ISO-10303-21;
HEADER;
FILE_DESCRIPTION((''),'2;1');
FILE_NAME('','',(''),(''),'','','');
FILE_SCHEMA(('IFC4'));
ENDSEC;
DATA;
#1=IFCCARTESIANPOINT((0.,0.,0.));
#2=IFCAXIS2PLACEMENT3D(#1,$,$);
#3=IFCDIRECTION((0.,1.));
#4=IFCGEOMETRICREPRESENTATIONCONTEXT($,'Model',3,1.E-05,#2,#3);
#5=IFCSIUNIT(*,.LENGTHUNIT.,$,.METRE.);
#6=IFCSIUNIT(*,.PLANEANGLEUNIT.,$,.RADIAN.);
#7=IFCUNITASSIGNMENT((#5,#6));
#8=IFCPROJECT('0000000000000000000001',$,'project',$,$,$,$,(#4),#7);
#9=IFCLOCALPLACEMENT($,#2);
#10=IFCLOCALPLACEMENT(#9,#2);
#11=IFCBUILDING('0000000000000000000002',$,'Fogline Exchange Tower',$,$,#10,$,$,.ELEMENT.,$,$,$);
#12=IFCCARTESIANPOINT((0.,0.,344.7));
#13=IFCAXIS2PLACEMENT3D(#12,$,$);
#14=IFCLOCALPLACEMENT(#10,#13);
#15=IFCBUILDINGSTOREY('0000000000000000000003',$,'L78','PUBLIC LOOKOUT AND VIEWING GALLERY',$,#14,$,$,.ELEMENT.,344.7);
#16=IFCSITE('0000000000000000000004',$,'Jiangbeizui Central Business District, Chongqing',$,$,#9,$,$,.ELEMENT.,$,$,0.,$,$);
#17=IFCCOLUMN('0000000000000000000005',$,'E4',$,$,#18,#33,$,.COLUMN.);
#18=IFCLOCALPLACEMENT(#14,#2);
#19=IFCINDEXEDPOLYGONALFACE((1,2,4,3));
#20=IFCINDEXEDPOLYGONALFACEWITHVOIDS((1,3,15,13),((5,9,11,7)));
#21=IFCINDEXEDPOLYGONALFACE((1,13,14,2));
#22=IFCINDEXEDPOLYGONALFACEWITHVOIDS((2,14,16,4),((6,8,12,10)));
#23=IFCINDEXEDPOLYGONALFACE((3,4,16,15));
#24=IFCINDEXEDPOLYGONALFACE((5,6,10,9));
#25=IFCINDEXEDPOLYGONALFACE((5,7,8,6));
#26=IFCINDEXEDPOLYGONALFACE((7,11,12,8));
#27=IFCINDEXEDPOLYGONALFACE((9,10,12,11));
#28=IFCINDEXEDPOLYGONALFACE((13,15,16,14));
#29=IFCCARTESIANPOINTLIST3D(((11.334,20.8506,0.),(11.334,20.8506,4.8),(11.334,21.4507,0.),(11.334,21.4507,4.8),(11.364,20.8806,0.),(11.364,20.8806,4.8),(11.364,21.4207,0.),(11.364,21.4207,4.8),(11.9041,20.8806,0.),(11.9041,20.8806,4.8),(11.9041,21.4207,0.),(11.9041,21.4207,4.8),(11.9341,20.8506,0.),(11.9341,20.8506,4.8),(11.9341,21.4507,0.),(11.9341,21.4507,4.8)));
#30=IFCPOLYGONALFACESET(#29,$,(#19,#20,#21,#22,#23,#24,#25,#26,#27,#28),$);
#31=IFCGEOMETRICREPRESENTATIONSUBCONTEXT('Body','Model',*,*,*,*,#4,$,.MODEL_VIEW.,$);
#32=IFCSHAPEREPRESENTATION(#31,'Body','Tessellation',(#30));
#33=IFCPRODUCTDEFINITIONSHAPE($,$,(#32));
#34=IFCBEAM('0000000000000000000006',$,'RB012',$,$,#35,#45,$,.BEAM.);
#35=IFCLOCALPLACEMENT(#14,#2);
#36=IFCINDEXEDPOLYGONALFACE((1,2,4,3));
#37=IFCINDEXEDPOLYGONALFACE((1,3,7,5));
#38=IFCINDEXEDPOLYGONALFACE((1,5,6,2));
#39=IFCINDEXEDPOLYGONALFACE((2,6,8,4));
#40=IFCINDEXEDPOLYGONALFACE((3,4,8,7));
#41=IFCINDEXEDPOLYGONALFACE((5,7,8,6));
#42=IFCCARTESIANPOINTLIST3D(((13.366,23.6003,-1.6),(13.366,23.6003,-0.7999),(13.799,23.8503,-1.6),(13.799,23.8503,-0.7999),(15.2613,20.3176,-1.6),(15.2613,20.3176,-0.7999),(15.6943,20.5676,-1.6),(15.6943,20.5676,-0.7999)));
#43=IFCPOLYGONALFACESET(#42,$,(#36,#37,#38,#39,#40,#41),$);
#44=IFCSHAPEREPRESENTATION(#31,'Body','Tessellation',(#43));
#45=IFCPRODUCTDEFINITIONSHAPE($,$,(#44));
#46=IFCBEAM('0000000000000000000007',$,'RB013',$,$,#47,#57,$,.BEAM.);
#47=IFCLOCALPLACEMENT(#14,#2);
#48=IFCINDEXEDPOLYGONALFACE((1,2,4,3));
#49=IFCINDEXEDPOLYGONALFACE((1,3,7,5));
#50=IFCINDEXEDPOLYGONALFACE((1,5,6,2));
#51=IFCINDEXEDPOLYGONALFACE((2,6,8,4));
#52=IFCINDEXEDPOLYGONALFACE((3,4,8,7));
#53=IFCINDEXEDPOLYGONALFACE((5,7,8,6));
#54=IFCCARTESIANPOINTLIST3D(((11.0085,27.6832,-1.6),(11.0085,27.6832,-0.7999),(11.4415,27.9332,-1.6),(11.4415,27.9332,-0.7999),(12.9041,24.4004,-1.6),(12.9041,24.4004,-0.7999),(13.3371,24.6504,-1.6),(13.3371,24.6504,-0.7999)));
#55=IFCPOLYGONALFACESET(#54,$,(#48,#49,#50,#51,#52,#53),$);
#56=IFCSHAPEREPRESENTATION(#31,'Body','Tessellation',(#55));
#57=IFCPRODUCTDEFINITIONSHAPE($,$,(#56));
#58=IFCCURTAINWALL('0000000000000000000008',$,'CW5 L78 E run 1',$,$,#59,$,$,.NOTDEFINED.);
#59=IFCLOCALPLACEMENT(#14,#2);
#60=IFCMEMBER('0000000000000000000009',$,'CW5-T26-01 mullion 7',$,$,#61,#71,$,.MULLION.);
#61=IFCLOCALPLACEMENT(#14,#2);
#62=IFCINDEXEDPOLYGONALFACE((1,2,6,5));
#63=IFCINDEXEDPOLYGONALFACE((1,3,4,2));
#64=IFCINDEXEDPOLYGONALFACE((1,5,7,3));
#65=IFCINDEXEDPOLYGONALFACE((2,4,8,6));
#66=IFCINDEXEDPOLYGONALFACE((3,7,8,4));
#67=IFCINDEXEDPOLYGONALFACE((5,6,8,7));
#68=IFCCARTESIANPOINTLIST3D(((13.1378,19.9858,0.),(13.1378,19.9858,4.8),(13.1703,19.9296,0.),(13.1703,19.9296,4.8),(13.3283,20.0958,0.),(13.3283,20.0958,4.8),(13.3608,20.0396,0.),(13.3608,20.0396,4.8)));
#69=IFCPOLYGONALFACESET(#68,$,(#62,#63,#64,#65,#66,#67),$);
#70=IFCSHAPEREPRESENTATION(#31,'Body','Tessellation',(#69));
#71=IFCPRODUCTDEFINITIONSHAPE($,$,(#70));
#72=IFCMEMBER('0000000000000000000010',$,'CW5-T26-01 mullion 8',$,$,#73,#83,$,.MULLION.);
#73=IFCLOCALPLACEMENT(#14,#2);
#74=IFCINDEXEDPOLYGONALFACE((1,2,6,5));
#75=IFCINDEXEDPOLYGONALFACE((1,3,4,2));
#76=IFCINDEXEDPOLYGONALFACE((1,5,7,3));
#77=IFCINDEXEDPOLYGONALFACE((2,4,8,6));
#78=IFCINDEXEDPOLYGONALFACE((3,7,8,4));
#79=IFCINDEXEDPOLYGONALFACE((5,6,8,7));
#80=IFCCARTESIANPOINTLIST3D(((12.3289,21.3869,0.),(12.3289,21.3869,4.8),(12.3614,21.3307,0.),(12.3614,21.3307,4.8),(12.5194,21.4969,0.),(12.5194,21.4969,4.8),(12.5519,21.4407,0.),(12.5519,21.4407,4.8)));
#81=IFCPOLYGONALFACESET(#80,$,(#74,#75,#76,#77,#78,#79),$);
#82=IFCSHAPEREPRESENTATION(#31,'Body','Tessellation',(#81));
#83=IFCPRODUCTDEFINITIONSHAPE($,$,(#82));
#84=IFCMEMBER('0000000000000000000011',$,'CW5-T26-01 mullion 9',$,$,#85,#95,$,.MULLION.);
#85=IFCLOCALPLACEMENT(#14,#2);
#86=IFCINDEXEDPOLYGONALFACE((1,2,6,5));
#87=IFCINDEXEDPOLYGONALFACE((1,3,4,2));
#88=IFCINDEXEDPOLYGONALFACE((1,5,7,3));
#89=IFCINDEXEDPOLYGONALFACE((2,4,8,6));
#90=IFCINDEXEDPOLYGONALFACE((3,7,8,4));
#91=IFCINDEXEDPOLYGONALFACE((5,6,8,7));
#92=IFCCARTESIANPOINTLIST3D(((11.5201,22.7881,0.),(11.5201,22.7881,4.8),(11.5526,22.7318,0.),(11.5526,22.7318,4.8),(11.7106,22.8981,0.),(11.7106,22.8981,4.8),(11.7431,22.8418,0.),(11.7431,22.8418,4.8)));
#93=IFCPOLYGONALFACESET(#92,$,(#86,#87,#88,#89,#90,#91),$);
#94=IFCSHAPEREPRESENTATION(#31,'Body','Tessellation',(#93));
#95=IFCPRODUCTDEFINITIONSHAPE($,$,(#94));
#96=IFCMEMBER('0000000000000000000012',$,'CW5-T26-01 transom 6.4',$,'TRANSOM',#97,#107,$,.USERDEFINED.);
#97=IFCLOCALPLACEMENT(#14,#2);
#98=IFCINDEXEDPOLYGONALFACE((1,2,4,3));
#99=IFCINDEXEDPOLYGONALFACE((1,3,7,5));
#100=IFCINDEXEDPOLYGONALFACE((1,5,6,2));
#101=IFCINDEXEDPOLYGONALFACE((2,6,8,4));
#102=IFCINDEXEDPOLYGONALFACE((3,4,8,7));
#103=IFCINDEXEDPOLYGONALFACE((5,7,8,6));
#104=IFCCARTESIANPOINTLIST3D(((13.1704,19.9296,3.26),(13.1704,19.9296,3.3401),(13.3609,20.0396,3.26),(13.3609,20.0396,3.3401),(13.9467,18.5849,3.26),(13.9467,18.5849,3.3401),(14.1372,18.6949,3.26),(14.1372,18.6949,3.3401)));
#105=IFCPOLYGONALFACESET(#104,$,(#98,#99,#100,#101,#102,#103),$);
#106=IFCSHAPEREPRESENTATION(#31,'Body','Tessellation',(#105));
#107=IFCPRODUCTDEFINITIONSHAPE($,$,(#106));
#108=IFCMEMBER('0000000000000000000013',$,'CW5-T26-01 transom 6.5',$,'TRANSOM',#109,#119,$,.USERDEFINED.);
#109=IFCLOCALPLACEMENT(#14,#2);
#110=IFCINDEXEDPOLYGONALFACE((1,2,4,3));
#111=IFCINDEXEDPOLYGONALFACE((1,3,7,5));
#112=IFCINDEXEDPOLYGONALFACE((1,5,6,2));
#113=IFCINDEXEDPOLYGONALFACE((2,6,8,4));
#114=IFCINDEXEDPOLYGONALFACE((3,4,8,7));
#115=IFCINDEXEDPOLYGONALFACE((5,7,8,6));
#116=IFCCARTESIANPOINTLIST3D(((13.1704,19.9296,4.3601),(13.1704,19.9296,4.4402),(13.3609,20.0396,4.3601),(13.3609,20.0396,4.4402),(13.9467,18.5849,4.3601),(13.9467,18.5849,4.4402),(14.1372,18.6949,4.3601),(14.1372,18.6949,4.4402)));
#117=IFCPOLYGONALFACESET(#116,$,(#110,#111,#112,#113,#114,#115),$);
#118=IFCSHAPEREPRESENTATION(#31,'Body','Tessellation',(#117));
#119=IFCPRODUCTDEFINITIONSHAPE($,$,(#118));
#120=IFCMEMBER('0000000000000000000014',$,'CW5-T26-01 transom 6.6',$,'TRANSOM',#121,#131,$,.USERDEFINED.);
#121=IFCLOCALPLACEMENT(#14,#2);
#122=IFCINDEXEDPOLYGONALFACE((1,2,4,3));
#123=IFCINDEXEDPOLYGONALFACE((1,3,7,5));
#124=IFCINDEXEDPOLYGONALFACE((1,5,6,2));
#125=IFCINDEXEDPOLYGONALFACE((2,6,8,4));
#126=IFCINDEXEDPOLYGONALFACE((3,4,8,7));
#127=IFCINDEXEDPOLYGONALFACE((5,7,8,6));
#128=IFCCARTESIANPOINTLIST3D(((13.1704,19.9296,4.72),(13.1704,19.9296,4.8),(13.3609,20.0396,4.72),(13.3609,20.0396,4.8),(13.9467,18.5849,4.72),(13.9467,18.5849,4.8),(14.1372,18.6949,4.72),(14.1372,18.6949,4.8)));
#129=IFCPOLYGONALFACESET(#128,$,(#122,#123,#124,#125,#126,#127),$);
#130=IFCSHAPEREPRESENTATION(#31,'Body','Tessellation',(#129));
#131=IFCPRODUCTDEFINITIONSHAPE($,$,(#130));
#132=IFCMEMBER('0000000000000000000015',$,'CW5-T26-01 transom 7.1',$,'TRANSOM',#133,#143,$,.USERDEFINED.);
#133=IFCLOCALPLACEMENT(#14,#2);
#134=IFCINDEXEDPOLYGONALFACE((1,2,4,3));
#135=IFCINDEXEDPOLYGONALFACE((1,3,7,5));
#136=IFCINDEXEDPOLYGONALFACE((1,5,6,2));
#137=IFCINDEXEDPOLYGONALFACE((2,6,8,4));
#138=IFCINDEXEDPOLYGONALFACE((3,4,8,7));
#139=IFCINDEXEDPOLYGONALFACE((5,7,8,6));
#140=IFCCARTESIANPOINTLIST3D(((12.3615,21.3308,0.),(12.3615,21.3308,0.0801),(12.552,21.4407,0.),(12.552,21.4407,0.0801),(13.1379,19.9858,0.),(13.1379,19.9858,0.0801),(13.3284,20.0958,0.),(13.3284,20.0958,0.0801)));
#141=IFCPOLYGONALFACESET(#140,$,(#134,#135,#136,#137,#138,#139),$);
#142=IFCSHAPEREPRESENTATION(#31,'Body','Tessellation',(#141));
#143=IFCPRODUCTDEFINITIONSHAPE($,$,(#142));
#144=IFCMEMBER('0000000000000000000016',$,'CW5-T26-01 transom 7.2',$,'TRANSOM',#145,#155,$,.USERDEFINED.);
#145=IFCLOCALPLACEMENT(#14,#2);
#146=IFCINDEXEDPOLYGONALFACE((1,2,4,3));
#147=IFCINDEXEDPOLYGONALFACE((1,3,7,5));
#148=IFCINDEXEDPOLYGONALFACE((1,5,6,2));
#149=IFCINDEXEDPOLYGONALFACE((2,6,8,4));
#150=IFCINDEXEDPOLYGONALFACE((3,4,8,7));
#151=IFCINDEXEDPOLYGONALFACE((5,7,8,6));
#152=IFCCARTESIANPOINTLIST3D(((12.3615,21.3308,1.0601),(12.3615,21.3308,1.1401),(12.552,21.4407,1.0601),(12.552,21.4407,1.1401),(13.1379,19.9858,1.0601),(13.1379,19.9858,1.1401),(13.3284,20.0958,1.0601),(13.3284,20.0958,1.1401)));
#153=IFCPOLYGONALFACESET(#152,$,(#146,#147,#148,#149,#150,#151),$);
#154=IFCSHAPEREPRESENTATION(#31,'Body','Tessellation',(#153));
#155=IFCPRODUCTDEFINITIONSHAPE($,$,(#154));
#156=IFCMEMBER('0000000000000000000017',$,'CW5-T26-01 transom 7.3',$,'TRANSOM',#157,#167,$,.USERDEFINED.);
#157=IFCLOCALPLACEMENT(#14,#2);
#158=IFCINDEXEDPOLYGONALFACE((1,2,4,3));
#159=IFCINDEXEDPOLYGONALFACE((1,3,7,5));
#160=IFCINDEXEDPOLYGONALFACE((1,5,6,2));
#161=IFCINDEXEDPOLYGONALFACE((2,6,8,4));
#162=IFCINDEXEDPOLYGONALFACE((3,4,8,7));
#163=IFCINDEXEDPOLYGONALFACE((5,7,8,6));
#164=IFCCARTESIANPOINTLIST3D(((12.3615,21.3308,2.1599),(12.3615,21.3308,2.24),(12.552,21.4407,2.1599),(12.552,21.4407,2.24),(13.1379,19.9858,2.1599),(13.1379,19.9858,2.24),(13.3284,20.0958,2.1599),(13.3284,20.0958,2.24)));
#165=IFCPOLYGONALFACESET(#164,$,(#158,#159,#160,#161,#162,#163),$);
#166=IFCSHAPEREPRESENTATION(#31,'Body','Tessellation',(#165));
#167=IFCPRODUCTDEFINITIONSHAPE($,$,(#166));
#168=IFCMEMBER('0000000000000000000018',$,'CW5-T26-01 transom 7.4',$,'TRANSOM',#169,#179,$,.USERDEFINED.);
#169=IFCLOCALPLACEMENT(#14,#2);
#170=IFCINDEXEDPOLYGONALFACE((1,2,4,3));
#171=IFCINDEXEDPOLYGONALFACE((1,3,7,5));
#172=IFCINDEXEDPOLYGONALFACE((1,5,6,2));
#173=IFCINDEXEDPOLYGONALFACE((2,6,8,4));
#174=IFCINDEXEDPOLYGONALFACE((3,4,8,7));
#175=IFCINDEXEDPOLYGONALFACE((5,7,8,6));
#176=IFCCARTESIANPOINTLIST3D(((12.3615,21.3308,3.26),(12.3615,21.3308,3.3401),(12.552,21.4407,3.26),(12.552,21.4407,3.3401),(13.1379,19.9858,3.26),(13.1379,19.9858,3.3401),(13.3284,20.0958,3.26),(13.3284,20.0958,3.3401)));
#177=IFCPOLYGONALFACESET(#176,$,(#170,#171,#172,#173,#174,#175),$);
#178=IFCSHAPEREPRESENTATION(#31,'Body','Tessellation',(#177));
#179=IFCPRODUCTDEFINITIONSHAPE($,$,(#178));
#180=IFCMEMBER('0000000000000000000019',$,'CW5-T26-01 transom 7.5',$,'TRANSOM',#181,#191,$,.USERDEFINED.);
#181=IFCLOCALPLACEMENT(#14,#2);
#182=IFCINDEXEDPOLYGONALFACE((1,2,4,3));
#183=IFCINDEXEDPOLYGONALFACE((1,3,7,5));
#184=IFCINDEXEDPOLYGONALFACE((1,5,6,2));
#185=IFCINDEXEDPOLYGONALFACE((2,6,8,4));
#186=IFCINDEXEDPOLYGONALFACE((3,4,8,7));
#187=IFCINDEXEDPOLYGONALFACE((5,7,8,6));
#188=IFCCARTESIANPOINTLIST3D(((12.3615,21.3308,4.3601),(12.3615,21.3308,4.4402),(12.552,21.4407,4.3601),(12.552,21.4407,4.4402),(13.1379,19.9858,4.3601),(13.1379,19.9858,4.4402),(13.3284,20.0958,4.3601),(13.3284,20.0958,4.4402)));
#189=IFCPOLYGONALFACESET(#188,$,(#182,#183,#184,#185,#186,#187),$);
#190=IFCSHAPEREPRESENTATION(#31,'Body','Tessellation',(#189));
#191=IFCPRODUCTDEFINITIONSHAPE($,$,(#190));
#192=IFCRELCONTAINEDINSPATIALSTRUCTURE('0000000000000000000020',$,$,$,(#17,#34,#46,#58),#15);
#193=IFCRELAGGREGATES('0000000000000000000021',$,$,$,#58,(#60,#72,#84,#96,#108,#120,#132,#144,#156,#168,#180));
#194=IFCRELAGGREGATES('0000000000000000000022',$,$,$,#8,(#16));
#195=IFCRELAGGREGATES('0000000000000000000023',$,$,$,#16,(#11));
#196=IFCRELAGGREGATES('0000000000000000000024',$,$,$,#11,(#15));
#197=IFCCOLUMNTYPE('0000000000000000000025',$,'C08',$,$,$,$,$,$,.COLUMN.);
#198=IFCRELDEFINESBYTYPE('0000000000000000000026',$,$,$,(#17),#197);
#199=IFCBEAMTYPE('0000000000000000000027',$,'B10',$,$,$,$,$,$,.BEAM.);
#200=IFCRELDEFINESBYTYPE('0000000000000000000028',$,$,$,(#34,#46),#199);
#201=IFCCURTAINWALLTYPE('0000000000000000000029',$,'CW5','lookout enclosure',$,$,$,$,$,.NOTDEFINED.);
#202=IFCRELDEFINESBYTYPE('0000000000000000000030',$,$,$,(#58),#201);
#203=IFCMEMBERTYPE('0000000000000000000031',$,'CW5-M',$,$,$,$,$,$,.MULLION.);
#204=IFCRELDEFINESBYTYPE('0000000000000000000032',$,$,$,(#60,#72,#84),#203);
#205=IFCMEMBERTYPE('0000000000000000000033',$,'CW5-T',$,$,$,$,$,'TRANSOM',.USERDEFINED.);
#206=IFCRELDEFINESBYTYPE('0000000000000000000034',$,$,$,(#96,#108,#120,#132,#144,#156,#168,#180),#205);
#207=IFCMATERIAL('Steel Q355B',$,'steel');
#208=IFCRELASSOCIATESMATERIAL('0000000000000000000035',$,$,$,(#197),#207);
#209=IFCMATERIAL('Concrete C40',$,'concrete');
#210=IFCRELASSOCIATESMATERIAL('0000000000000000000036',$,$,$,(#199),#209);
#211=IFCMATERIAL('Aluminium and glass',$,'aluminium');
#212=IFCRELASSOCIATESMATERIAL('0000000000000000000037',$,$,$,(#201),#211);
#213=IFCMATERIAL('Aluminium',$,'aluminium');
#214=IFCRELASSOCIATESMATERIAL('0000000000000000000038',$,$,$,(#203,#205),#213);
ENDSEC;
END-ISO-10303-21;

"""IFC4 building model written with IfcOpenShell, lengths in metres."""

from ifc_helpers import new_model, si_unit, direction, frame, origin, origin_2d, place, context, subcontext, project, spatial, rectangle, hollow_rectangle, extrude, material, material_profile, profile_set, type_object, element, aggregate, save


model = new_model("IFC4")

# Units and contexts
model_context = context("Model", 3, precision=1e-05, world=origin(), true_north=direction((0.0, 1.0)))
body_context = subcontext(model_context, "Body", "Model", "MODEL_VIEW")
ifc_project = project(units=[si_unit("LENGTHUNIT", "METRE"), si_unit("PLANEANGLEUNIT", "RADIAN")], contexts=[model_context])

# Site, building, storey
site_placement = place(None, origin())
site = spatial("IfcSite", under=ifc_project, at=site_placement, Name="Jiangbeizui Central Business District, Chongqing", CompositionType="ELEMENT", RefElevation=0.0)
building_placement = place(site_placement, origin())
building = spatial("IfcBuilding", under=site, at=building_placement, Name="Fogline Exchange Tower", CompositionType="ELEMENT")
storey_placement = place(building_placement, frame((0.0, 0.0, 344.7)))
storey = spatial("IfcBuildingStorey", under=building, at=storey_placement, Name="L78", Description="PUBLIC LOOKOUT AND VIEWING GALLERY", CompositionType="ELEMENT", Elevation=344.7)

# Column
ifc_material_1 = material(Name="Steel Q355B", Category="steel")
ifc_material_profile_1 = material_profile(ifc_material_1, hollow_rectangle(XDim=0.6001, YDim=0.6001, WallThickness=0.03, at=origin_2d()), Name="BOX600X600X30")
ifc_profile_set_1 = profile_set([ifc_material_profile_1], Name="Steel Q355B")
column_type = type_object("IfcColumnType", Name="C08", PredefinedType="COLUMN", material=ifc_profile_set_1)
column_placement = place(storey_placement, frame((11.634, 21.1506, 0.0), z_axis=(0.0, 0.0, 1.0), x_axis=(1.0, 0.0, 0.0)))
element("IfcColumn", 1, at=column_placement, inside=storey, type_object=column_type, Name="E4", PredefinedType="COLUMN", context=body_context, shape_type="SweptSolid", body=[
    extrude(hollow_rectangle(XDim=0.6001, YDim=0.6001, WallThickness=0.03, at=origin_2d()), origin(), (0.0, 0.0, 1.0), 4.8),
])

# Beams
ifc_material_2 = material(Name="Concrete C40", Category="concrete")
ifc_material_profile_2 = material_profile(ifc_material_2, rectangle(XDim=0.5, YDim=0.8, at=origin_2d()), Name="RC 500x800")
ifc_profile_set_2 = profile_set([ifc_material_profile_2], Name="Concrete C40")
beam_type = type_object("IfcBeamType", Name="B10", PredefinedType="BEAM", material=ifc_profile_set_2)
beam_1_placement = place(storey_placement, frame((15.4778, 20.4426, -1.2), z_axis=(-0.499998, 0.866027, 0.0), x_axis=(-0.866027, -0.499998, 0.0)))
element("IfcBeam", 2, at=beam_1_placement, inside=storey, type_object=beam_type, Name="RB012", PredefinedType="BEAM", context=body_context, shape_type="SweptSolid", body=[
    extrude(rectangle(XDim=0.5, YDim=0.8, at=origin_2d()), origin(), (0.0, 0.0, 1.0), 3.7905),
])
beam_2_placement = place(storey_placement, frame((13.1206, 24.5254, -1.2), z_axis=(-0.500046, 0.865999, 0.0), x_axis=(-0.865999, -0.500046, 0.0)))
element("IfcBeam", 3, at=beam_2_placement, inside=storey, type_object=beam_type, Name="RB013", PredefinedType="BEAM", context=body_context, shape_type="SweptSolid", body=[
    extrude(rectangle(XDim=0.5, YDim=0.8, at=origin_2d()), origin(), (0.0, 0.0, 1.0), 3.7908),
])

# Curtain wall, members
ifc_material_3 = material(Name="Aluminium and glass", Category="aluminium")
curtain_wall_type = type_object("IfcCurtainWallType", Name="CW5", Description="lookout enclosure", PredefinedType="NOTDEFINED", material=ifc_material_3)
curtain_wall_placement = place(storey_placement, origin())
curtain_wall = element("IfcCurtainWall", 4, at=curtain_wall_placement, inside=storey, type_object=curtain_wall_type, Name="CW5 L78 E run 1", PredefinedType="NOTDEFINED")
ifc_material_4 = material(Name="Aluminium", Category="aluminium")
ifc_material_profile_3 = material_profile(ifc_material_4, rectangle(XDim=0.22, YDim=0.0649, at=origin_2d()), Name="Mullion 65x220")
ifc_profile_set_3 = profile_set([ifc_material_profile_3], Name="Aluminium")
member_type_1 = type_object("IfcMemberType", Name="CW5-M", PredefinedType="MULLION", material=ifc_profile_set_3)
member_1_placement = place(storey_placement, frame((13.2493, 20.0127, 0.0), z_axis=(0.0, 0.0, 1.0), x_axis=(-0.866025, -0.5, 0.0)))
member_1 = element("IfcMember", 5, at=member_1_placement, type_object=member_type_1, Name="CW5-T26-01 mullion 7", PredefinedType="MULLION", context=body_context, shape_type="SweptSolid", body=[
    extrude(rectangle(XDim=0.22, YDim=0.0649, at=origin_2d()), origin(), (0.0, 0.0, 1.0), 4.8),
])
member_2_placement = place(storey_placement, frame((12.4404, 21.4138, 0.0), z_axis=(0.0, 0.0, 1.0), x_axis=(-0.866025, -0.5, 0.0)))
member_2 = element("IfcMember", 6, at=member_2_placement, type_object=member_type_1, Name="CW5-T26-01 mullion 8", PredefinedType="MULLION", context=body_context, shape_type="SweptSolid", body=[
    extrude(rectangle(XDim=0.22, YDim=0.0649, at=origin_2d()), origin(), (0.0, 0.0, 1.0), 4.8),
])
member_3_placement = place(storey_placement, frame((11.6316, 22.8149, 0.0), z_axis=(0.0, 0.0, 1.0), x_axis=(-0.866025, -0.5, 0.0)))
member_3 = element("IfcMember", 7, at=member_3_placement, type_object=member_type_1, Name="CW5-T26-01 mullion 9", PredefinedType="MULLION", context=body_context, shape_type="SweptSolid", body=[
    extrude(rectangle(XDim=0.22, YDim=0.0649, at=origin_2d()), origin(), (0.0, 0.0, 1.0), 4.8),
])
ifc_material_profile_4 = material_profile(ifc_material_4, rectangle(XDim=0.22, YDim=0.0801, at=origin_2d()), Name="Transom 80x220")
ifc_profile_set_4 = profile_set([ifc_material_profile_4], Name="Aluminium")
member_type_2 = type_object("IfcMemberType", Name="CW5-T", ElementType="TRANSOM", PredefinedType="USERDEFINED", material=ifc_profile_set_4)
member_4_placement = place(storey_placement, frame((14.042, 18.6399, 3.3), z_axis=(-0.499995, 0.866028, 0.0), x_axis=(-0.866028, -0.499995, 0.0)))
member_4 = element("IfcMember", 8, at=member_4_placement, type_object=member_type_2, Name="CW5-T26-01 transom 6.4", ObjectType="TRANSOM", PredefinedType="USERDEFINED", context=body_context, shape_type="SweptSolid", body=[
    extrude(rectangle(XDim=0.22, YDim=0.0801, at=origin_2d()), origin(), (0.0, 0.0, 1.0), 1.5527),
])
member_5_placement = place(storey_placement, frame((14.042, 18.6399, 4.4001), z_axis=(-0.499995, 0.866028, 0.0), x_axis=(-0.866028, -0.499995, 0.0)))
member_5 = element("IfcMember", 9, at=member_5_placement, type_object=member_type_2, Name="CW5-T26-01 transom 6.5", ObjectType="TRANSOM", PredefinedType="USERDEFINED", context=body_context, shape_type="SweptSolid", body=[
    extrude(rectangle(XDim=0.22, YDim=0.0801, at=origin_2d()), origin(), (0.0, 0.0, 1.0), 1.5527),
])
member_6_placement = place(storey_placement, frame((14.042, 18.6399, 4.76), z_axis=(-0.499995, 0.866028, 0.0), x_axis=(-0.866028, -0.499995, 0.0)))
member_6 = element("IfcMember", 10, at=member_6_placement, type_object=member_type_2, Name="CW5-T26-01 transom 6.6", ObjectType="TRANSOM", PredefinedType="USERDEFINED", context=body_context, shape_type="SweptSolid", body=[
    extrude(rectangle(XDim=0.22, YDim=0.0801, at=origin_2d()), origin(), (0.0, 0.0, 1.0), 1.5527),
])
member_7_placement = place(storey_placement, frame((13.2332, 20.0408, 0.04), z_axis=(-0.499927, 0.866068, 0.0), x_axis=(-0.866068, -0.499927, 0.0)))
member_7 = element("IfcMember", 11, at=member_7_placement, type_object=member_type_2, Name="CW5-T26-01 transom 7.1", ObjectType="TRANSOM", PredefinedType="USERDEFINED", context=body_context, shape_type="SweptSolid", body=[
    extrude(rectangle(XDim=0.22, YDim=0.0801, at=origin_2d()), origin(), (0.0, 0.0, 1.0), 1.553),
])
member_8_placement = place(storey_placement, frame((13.2332, 20.0408, 1.1001), z_axis=(-0.499927, 0.866068, 0.0), x_axis=(-0.866068, -0.499927, 0.0)))
member_8 = element("IfcMember", 12, at=member_8_placement, type_object=member_type_2, Name="CW5-T26-01 transom 7.2", ObjectType="TRANSOM", PredefinedType="USERDEFINED", context=body_context, shape_type="SweptSolid", body=[
    extrude(rectangle(XDim=0.22, YDim=0.0801, at=origin_2d()), origin(), (0.0, 0.0, 1.0), 1.553),
])
member_9_placement = place(storey_placement, frame((13.2332, 20.0408, 2.2), z_axis=(-0.499927, 0.866068, 0.0), x_axis=(-0.866068, -0.499927, 0.0)))
member_9 = element("IfcMember", 13, at=member_9_placement, type_object=member_type_2, Name="CW5-T26-01 transom 7.3", ObjectType="TRANSOM", PredefinedType="USERDEFINED", context=body_context, shape_type="SweptSolid", body=[
    extrude(rectangle(XDim=0.22, YDim=0.0801, at=origin_2d()), origin(), (0.0, 0.0, 1.0), 1.553),
])
member_10_placement = place(storey_placement, frame((13.2332, 20.0408, 3.3), z_axis=(-0.499927, 0.866068, 0.0), x_axis=(-0.866068, -0.499927, 0.0)))
member_10 = element("IfcMember", 14, at=member_10_placement, type_object=member_type_2, Name="CW5-T26-01 transom 7.4", ObjectType="TRANSOM", PredefinedType="USERDEFINED", context=body_context, shape_type="SweptSolid", body=[
    extrude(rectangle(XDim=0.22, YDim=0.0801, at=origin_2d()), origin(), (0.0, 0.0, 1.0), 1.553),
])
member_11_placement = place(storey_placement, frame((13.2332, 20.0408, 4.4001), z_axis=(-0.499927, 0.866068, 0.0), x_axis=(-0.866068, -0.499927, 0.0)))
member_11 = element("IfcMember", 15, at=member_11_placement, type_object=member_type_2, Name="CW5-T26-01 transom 7.5", ObjectType="TRANSOM", PredefinedType="USERDEFINED", context=body_context, shape_type="SweptSolid", body=[
    extrude(rectangle(XDim=0.22, YDim=0.0801, at=origin_2d()), origin(), (0.0, 0.0, 1.0), 1.553),
])
aggregate(curtain_wall, [member_1, member_2, member_3, member_4, member_5, member_6, member_7, member_8, member_9, member_10, member_11])

save(model, "model.ifc")
